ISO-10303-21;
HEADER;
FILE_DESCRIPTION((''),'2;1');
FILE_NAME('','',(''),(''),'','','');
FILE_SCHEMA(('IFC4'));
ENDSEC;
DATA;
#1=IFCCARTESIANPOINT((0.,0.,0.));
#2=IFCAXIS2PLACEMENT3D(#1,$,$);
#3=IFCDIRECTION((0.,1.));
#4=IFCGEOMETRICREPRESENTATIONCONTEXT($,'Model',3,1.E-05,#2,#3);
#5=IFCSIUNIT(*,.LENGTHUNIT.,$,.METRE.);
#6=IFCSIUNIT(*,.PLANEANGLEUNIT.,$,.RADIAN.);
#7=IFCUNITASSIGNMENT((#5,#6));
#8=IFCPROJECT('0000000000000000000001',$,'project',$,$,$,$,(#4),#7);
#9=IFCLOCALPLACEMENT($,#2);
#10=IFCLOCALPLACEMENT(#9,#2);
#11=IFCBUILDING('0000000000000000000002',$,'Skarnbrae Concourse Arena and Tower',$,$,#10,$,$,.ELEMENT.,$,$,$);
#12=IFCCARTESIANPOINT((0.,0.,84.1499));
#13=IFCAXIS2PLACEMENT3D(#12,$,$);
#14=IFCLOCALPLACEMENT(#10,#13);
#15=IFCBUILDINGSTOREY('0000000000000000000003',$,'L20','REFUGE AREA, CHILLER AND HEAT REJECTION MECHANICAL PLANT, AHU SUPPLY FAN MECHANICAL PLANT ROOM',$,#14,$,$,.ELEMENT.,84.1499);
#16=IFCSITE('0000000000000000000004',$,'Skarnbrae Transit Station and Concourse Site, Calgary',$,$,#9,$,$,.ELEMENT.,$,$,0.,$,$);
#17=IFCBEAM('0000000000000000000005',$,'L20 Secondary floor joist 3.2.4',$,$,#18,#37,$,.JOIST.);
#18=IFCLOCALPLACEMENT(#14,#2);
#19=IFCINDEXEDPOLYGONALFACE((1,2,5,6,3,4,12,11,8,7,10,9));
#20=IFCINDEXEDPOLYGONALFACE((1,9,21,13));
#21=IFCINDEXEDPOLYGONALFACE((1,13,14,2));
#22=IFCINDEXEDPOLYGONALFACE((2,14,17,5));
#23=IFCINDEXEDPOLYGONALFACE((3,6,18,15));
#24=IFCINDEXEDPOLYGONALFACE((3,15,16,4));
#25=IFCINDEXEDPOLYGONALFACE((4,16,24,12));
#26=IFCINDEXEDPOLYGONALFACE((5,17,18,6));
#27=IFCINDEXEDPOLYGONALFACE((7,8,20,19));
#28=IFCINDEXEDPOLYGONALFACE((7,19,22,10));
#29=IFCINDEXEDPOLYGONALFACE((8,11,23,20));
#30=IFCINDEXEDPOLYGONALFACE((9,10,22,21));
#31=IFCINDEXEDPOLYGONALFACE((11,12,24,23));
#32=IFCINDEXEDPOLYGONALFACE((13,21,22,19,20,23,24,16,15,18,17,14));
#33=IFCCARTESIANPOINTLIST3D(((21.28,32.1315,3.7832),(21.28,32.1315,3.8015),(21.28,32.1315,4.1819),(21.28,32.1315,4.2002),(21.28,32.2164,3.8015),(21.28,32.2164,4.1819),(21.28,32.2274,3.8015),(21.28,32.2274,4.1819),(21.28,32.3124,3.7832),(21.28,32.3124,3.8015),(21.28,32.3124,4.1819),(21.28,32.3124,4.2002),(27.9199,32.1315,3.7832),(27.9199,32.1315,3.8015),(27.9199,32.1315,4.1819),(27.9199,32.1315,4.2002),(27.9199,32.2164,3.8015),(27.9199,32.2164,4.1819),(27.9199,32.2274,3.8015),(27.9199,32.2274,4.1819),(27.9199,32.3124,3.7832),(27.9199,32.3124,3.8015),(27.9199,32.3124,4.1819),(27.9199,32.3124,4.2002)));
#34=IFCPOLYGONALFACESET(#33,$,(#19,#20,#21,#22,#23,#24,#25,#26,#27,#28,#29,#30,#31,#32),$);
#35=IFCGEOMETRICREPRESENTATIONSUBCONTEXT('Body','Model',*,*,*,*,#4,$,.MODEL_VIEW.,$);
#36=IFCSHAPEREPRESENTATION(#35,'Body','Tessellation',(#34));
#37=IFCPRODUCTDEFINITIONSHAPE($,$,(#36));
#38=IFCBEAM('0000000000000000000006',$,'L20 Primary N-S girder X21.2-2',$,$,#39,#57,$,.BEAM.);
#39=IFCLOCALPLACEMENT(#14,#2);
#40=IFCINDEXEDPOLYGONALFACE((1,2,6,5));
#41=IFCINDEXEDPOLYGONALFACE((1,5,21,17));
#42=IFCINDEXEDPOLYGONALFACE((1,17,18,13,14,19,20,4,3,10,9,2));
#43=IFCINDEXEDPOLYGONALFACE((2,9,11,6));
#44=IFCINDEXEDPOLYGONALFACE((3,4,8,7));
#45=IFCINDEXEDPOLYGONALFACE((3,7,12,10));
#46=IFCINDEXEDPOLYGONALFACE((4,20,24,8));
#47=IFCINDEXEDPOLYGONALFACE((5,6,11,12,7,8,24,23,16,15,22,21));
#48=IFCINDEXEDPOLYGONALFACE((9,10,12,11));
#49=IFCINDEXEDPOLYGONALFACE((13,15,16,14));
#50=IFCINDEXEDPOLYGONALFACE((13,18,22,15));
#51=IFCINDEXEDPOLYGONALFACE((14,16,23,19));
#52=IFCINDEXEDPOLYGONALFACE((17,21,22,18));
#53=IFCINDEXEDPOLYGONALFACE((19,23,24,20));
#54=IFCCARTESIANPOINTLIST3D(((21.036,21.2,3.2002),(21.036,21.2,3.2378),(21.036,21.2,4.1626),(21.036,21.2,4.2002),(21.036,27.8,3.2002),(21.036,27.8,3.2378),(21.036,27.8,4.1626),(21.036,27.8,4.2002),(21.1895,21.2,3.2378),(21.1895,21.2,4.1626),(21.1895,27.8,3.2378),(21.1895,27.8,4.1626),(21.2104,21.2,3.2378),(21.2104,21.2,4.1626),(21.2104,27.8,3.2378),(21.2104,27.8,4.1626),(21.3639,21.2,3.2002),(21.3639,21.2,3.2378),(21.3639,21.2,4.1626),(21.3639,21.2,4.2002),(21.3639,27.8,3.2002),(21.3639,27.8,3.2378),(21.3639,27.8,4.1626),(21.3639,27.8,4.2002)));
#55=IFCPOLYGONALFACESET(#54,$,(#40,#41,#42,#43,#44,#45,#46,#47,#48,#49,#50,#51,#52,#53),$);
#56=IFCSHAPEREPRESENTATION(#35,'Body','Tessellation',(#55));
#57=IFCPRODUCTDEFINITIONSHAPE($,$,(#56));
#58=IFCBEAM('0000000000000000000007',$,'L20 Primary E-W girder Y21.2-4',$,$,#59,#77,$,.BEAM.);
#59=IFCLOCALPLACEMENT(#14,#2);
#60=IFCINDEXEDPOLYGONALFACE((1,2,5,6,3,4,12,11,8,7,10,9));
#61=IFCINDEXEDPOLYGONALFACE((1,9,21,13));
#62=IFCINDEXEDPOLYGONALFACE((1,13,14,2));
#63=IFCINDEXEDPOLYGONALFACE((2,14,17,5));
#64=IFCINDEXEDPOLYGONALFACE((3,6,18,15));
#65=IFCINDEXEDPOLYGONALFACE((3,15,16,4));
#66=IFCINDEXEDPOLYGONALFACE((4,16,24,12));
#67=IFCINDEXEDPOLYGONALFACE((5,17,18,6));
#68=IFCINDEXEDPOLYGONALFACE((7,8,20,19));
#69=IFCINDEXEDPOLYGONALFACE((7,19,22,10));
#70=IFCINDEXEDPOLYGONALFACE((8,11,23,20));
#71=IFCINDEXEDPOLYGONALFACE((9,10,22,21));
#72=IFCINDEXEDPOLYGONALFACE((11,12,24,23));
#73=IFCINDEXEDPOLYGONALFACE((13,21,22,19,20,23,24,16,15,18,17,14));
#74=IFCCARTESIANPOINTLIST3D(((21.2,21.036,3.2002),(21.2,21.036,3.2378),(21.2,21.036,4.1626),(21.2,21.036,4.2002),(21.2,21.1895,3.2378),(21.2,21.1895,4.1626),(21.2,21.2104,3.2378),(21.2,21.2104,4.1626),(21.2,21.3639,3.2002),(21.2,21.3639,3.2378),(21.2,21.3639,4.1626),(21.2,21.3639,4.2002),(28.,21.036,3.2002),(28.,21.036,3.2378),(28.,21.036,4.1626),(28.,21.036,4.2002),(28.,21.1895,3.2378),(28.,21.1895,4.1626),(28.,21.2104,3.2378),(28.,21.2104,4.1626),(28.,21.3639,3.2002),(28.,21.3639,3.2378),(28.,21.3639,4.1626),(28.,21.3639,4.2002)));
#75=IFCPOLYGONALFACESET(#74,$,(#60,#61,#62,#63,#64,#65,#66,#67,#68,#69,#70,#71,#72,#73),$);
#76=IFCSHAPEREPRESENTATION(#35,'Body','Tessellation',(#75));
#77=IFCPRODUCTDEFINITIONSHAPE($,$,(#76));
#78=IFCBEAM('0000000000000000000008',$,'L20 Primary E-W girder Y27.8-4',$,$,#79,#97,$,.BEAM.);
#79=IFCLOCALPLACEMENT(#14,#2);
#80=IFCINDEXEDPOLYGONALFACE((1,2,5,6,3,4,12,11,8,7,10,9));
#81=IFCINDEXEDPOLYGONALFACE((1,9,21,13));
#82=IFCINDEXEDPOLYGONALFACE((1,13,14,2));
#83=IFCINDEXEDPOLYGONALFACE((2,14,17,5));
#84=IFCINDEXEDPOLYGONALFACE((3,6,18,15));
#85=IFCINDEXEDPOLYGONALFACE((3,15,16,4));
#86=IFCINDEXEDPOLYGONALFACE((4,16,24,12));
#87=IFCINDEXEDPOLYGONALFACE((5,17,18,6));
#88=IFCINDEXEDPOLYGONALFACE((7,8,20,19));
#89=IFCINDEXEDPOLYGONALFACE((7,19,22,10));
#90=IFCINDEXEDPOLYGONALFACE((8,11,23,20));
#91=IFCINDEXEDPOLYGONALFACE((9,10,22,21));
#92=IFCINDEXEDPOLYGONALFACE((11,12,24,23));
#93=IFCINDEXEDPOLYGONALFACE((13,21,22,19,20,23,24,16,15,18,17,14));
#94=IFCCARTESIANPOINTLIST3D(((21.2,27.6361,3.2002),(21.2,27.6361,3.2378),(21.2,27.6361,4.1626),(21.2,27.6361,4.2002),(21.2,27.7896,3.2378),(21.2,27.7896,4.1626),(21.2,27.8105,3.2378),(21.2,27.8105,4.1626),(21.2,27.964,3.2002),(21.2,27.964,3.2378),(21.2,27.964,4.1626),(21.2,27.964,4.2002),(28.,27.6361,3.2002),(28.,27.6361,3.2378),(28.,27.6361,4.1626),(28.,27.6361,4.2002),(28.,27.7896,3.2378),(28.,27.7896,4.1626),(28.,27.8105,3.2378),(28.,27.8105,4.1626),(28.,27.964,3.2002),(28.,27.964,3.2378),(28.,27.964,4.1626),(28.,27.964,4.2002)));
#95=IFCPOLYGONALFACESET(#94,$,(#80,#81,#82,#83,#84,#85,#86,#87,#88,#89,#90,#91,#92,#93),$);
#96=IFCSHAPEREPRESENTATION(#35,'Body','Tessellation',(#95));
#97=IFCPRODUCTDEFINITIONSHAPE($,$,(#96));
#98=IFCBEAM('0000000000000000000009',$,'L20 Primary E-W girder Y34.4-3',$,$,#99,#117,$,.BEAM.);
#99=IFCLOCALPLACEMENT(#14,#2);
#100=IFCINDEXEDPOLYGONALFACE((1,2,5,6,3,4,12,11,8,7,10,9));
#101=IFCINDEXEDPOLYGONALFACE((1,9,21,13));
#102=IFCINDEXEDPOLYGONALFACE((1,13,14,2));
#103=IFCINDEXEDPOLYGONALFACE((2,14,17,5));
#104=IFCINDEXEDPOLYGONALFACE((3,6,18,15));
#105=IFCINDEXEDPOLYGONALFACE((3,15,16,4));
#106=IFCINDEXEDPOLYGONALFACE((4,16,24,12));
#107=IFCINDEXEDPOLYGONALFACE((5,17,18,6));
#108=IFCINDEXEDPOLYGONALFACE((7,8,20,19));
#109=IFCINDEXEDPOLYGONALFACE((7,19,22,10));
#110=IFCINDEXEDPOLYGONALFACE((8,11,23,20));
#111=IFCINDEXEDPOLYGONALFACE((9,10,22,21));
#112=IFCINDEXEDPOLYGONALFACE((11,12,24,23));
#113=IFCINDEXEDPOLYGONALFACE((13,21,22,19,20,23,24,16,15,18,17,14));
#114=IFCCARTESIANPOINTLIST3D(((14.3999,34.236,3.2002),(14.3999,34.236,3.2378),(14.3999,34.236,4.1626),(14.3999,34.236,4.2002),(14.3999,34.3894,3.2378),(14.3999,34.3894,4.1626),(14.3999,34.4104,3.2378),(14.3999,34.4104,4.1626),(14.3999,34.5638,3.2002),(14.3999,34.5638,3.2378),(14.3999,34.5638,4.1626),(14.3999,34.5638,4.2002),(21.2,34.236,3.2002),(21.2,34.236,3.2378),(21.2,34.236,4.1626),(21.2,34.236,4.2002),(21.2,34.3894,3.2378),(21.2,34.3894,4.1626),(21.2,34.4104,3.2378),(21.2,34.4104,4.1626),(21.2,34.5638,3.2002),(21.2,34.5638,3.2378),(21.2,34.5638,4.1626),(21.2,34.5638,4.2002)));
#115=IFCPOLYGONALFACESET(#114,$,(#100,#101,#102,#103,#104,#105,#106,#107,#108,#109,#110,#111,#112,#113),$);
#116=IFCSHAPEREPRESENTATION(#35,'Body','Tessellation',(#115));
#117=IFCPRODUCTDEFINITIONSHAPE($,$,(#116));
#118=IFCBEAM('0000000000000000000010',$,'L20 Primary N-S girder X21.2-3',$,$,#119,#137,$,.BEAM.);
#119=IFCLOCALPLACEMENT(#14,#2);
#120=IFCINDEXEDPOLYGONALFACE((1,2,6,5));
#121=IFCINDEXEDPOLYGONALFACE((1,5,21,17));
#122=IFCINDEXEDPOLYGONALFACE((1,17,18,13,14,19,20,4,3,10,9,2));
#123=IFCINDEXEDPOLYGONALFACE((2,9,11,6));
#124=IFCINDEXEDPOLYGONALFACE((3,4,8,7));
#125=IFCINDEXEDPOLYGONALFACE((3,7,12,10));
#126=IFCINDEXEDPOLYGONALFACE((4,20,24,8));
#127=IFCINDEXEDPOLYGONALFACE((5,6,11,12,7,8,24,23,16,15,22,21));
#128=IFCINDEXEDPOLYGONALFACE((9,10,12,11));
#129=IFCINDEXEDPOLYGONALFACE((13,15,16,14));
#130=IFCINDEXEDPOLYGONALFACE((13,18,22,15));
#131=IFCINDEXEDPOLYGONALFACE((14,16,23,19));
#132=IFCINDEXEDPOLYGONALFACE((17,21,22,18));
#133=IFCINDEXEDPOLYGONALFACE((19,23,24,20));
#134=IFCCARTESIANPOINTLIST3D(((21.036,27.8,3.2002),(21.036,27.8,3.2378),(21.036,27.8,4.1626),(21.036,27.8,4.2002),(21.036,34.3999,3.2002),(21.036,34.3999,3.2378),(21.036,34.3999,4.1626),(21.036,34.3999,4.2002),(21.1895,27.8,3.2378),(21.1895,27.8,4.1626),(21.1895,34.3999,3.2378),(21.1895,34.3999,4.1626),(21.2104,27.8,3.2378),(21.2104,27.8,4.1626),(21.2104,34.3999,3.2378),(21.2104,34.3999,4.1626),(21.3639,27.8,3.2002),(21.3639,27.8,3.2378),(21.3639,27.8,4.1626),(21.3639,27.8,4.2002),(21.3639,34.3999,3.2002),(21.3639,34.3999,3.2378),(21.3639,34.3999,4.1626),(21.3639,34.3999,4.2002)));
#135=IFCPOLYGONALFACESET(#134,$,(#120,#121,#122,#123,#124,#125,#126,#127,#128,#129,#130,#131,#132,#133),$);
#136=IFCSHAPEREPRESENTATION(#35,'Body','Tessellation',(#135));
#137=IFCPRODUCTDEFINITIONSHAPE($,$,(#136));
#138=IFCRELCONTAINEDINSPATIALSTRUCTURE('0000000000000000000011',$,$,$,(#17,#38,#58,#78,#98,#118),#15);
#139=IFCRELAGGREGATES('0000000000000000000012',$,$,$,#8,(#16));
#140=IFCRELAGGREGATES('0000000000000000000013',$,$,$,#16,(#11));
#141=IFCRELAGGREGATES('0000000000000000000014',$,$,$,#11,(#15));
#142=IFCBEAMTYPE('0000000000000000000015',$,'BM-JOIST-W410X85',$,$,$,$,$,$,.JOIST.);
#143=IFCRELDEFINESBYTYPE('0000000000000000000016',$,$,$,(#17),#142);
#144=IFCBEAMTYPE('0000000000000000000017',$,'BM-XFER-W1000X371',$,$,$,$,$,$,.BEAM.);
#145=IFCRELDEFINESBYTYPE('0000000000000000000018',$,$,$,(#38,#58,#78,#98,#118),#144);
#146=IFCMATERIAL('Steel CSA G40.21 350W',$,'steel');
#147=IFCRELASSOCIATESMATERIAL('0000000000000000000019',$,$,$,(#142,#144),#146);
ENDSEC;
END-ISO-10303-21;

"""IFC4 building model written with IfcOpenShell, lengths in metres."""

from ifc_helpers import new_model, si_unit, direction, frame, origin, origin_2d, place, context, subcontext, project, spatial, i_section, extrude, source, transform, mapped, material, material_profile, profile_set, type_object, element, save


model = new_model("IFC4")

# Units and contexts
model_context = context("Model", 3, precision=1e-05, world=origin(), true_north=direction((0.0, 1.0)))
body_context = subcontext(model_context, "Body", "Model", "MODEL_VIEW")
ifc_project = project(units=[si_unit("LENGTHUNIT", "METRE"), si_unit("PLANEANGLEUNIT", "RADIAN")], contexts=[model_context])

# Site, building, storey
site_placement = place(None, origin())
site = spatial("IfcSite", under=ifc_project, at=site_placement, Name="Skarnbrae Transit Station and Concourse Site, Calgary", CompositionType="ELEMENT", RefElevation=0.0)
building_placement = place(site_placement, origin())
building = spatial("IfcBuilding", under=site, at=building_placement, Name="Skarnbrae Concourse Arena and Tower", CompositionType="ELEMENT")
storey_placement = place(building_placement, frame((0.0, 0.0, 84.1499)))
storey = spatial("IfcBuildingStorey", under=building, at=storey_placement, Name="L20", Description="REFUGE AREA, CHILLER AND HEAT REJECTION MECHANICAL PLANT, AHU SUPPLY FAN MECHANICAL PLANT ROOM", CompositionType="ELEMENT", Elevation=84.1499)

# Shared definitions
ifc_material = material(Name="Steel CSA G40.21 350W", Category="steel")

# Beams
ifc_material_profile_1 = material_profile(ifc_material, i_section(OverallWidth=0.1809, OverallDepth=0.417, WebThickness=0.011, FlangeThickness=0.0183, at=origin_2d()), Name="W410X85")
ifc_profile_set_1 = profile_set([ifc_material_profile_1], Name="Steel CSA G40.21 350W")
beam_type_1 = type_object("IfcBeamType", Name="BM-JOIST-W410X85", PredefinedType="JOIST", material=ifc_profile_set_1)
shared_shape_1 = source(origin(), body_context, "Body", "SweptSolid", [
    extrude(i_section(OverallWidth=0.1809, OverallDepth=0.417, WebThickness=0.011, FlangeThickness=0.0183, at=origin_2d()), origin(), (0.0, 0.0, 1.0), 6.6399),
])
for number, where, z_axis, x_axis, name in (
    (1, (21.28, 32.2219, 3.9917), (1.0, 0.0, 0.0), (0.0, 1.0, 0.0), "L20 Secondary floor joist 3.2.4"),
):
    element("IfcBeam", number, at=place(storey_placement, frame(where, z_axis=z_axis, x_axis=x_axis)), inside=storey, type_object=beam_type_1, Name=name, PredefinedType="JOIST", context=body_context, shape_type="MappedRepresentation", body=[
        mapped(shared_shape_1, transform((0.0, 0.0, 0.0))),
    ])
ifc_material_profile_2 = material_profile(ifc_material, i_section(OverallWidth=0.3279, OverallDepth=1.0, WebThickness=0.021, FlangeThickness=0.0376, at=origin_2d()), Name="W1000X371")
ifc_profile_set_2 = profile_set([ifc_material_profile_2], Name="Steel CSA G40.21 350W")
beam_type_2 = type_object("IfcBeamType", Name="BM-XFER-W1000X371", PredefinedType="BEAM", material=ifc_profile_set_2)
shared_shape_2 = source(origin(), body_context, "Body", "SweptSolid", [
    extrude(i_section(OverallWidth=0.3279, OverallDepth=1.0, WebThickness=0.021, FlangeThickness=0.0376, at=origin_2d()), origin(), (0.0, 0.0, 1.0), 6.6001),
])
beam_1_placement = place(storey_placement, frame((21.2, 21.2, 3.7002), z_axis=(0.0, 1.0, 0.0), x_axis=(-1.0, 0.0, 0.0)))
element("IfcBeam", 2, at=beam_1_placement, inside=storey, type_object=beam_type_2, Name="L20 Primary N-S girder X21.2-2", PredefinedType="BEAM", context=body_context, shape_type="MappedRepresentation", body=[
    mapped(shared_shape_2, transform((0.0, 0.0, 0.0))),
])
shared_shape_3 = source(origin(), body_context, "Body", "SweptSolid", [
    extrude(i_section(OverallWidth=0.3279, OverallDepth=1.0, WebThickness=0.021, FlangeThickness=0.0376, at=origin_2d()), origin(), (0.0, 0.0, 1.0), 6.8),
])
for number, where, z_axis, x_axis, name in (
    (3, (21.2, 21.2, 3.7002), (1.0, 0.0, 0.0), (0.0, 1.0, 0.0), "L20 Primary E-W girder Y21.2-4"),
    (4, (21.2, 27.8, 3.7002), (1.0, 0.0, 0.0), (0.0, 1.0, 0.0), "L20 Primary E-W girder Y27.8-4"),
    (5, (14.3999, 34.3999, 3.7002), (1.0, 0.0, 0.0), (0.0, 1.0, 0.0), "L20 Primary E-W girder Y34.4-3"),
):
    element("IfcBeam", number, at=place(storey_placement, frame(where, z_axis=z_axis, x_axis=x_axis)), inside=storey, type_object=beam_type_2, Name=name, PredefinedType="BEAM", context=body_context, shape_type="MappedRepresentation", body=[
        mapped(shared_shape_3, transform((0.0, 0.0, 0.0))),
    ])
shared_shape_4 = source(origin(), body_context, "Body", "SweptSolid", [
    extrude(i_section(OverallWidth=0.3279, OverallDepth=1.0, WebThickness=0.021, FlangeThickness=0.0376, at=origin_2d()), origin(), (0.0, 0.0, 1.0), 6.5999),
])
beam_2_placement = place(storey_placement, frame((21.2, 27.8, 3.7002), z_axis=(0.0, 1.0, 0.0), x_axis=(-1.0, 0.0, 0.0)))
element("IfcBeam", 6, at=beam_2_placement, inside=storey, type_object=beam_type_2, Name="L20 Primary N-S girder X21.2-3", PredefinedType="BEAM", context=body_context, shape_type="MappedRepresentation", body=[
    mapped(shared_shape_4, transform((0.0, 0.0, 0.0))),
])

save(model, "model.ifc")
